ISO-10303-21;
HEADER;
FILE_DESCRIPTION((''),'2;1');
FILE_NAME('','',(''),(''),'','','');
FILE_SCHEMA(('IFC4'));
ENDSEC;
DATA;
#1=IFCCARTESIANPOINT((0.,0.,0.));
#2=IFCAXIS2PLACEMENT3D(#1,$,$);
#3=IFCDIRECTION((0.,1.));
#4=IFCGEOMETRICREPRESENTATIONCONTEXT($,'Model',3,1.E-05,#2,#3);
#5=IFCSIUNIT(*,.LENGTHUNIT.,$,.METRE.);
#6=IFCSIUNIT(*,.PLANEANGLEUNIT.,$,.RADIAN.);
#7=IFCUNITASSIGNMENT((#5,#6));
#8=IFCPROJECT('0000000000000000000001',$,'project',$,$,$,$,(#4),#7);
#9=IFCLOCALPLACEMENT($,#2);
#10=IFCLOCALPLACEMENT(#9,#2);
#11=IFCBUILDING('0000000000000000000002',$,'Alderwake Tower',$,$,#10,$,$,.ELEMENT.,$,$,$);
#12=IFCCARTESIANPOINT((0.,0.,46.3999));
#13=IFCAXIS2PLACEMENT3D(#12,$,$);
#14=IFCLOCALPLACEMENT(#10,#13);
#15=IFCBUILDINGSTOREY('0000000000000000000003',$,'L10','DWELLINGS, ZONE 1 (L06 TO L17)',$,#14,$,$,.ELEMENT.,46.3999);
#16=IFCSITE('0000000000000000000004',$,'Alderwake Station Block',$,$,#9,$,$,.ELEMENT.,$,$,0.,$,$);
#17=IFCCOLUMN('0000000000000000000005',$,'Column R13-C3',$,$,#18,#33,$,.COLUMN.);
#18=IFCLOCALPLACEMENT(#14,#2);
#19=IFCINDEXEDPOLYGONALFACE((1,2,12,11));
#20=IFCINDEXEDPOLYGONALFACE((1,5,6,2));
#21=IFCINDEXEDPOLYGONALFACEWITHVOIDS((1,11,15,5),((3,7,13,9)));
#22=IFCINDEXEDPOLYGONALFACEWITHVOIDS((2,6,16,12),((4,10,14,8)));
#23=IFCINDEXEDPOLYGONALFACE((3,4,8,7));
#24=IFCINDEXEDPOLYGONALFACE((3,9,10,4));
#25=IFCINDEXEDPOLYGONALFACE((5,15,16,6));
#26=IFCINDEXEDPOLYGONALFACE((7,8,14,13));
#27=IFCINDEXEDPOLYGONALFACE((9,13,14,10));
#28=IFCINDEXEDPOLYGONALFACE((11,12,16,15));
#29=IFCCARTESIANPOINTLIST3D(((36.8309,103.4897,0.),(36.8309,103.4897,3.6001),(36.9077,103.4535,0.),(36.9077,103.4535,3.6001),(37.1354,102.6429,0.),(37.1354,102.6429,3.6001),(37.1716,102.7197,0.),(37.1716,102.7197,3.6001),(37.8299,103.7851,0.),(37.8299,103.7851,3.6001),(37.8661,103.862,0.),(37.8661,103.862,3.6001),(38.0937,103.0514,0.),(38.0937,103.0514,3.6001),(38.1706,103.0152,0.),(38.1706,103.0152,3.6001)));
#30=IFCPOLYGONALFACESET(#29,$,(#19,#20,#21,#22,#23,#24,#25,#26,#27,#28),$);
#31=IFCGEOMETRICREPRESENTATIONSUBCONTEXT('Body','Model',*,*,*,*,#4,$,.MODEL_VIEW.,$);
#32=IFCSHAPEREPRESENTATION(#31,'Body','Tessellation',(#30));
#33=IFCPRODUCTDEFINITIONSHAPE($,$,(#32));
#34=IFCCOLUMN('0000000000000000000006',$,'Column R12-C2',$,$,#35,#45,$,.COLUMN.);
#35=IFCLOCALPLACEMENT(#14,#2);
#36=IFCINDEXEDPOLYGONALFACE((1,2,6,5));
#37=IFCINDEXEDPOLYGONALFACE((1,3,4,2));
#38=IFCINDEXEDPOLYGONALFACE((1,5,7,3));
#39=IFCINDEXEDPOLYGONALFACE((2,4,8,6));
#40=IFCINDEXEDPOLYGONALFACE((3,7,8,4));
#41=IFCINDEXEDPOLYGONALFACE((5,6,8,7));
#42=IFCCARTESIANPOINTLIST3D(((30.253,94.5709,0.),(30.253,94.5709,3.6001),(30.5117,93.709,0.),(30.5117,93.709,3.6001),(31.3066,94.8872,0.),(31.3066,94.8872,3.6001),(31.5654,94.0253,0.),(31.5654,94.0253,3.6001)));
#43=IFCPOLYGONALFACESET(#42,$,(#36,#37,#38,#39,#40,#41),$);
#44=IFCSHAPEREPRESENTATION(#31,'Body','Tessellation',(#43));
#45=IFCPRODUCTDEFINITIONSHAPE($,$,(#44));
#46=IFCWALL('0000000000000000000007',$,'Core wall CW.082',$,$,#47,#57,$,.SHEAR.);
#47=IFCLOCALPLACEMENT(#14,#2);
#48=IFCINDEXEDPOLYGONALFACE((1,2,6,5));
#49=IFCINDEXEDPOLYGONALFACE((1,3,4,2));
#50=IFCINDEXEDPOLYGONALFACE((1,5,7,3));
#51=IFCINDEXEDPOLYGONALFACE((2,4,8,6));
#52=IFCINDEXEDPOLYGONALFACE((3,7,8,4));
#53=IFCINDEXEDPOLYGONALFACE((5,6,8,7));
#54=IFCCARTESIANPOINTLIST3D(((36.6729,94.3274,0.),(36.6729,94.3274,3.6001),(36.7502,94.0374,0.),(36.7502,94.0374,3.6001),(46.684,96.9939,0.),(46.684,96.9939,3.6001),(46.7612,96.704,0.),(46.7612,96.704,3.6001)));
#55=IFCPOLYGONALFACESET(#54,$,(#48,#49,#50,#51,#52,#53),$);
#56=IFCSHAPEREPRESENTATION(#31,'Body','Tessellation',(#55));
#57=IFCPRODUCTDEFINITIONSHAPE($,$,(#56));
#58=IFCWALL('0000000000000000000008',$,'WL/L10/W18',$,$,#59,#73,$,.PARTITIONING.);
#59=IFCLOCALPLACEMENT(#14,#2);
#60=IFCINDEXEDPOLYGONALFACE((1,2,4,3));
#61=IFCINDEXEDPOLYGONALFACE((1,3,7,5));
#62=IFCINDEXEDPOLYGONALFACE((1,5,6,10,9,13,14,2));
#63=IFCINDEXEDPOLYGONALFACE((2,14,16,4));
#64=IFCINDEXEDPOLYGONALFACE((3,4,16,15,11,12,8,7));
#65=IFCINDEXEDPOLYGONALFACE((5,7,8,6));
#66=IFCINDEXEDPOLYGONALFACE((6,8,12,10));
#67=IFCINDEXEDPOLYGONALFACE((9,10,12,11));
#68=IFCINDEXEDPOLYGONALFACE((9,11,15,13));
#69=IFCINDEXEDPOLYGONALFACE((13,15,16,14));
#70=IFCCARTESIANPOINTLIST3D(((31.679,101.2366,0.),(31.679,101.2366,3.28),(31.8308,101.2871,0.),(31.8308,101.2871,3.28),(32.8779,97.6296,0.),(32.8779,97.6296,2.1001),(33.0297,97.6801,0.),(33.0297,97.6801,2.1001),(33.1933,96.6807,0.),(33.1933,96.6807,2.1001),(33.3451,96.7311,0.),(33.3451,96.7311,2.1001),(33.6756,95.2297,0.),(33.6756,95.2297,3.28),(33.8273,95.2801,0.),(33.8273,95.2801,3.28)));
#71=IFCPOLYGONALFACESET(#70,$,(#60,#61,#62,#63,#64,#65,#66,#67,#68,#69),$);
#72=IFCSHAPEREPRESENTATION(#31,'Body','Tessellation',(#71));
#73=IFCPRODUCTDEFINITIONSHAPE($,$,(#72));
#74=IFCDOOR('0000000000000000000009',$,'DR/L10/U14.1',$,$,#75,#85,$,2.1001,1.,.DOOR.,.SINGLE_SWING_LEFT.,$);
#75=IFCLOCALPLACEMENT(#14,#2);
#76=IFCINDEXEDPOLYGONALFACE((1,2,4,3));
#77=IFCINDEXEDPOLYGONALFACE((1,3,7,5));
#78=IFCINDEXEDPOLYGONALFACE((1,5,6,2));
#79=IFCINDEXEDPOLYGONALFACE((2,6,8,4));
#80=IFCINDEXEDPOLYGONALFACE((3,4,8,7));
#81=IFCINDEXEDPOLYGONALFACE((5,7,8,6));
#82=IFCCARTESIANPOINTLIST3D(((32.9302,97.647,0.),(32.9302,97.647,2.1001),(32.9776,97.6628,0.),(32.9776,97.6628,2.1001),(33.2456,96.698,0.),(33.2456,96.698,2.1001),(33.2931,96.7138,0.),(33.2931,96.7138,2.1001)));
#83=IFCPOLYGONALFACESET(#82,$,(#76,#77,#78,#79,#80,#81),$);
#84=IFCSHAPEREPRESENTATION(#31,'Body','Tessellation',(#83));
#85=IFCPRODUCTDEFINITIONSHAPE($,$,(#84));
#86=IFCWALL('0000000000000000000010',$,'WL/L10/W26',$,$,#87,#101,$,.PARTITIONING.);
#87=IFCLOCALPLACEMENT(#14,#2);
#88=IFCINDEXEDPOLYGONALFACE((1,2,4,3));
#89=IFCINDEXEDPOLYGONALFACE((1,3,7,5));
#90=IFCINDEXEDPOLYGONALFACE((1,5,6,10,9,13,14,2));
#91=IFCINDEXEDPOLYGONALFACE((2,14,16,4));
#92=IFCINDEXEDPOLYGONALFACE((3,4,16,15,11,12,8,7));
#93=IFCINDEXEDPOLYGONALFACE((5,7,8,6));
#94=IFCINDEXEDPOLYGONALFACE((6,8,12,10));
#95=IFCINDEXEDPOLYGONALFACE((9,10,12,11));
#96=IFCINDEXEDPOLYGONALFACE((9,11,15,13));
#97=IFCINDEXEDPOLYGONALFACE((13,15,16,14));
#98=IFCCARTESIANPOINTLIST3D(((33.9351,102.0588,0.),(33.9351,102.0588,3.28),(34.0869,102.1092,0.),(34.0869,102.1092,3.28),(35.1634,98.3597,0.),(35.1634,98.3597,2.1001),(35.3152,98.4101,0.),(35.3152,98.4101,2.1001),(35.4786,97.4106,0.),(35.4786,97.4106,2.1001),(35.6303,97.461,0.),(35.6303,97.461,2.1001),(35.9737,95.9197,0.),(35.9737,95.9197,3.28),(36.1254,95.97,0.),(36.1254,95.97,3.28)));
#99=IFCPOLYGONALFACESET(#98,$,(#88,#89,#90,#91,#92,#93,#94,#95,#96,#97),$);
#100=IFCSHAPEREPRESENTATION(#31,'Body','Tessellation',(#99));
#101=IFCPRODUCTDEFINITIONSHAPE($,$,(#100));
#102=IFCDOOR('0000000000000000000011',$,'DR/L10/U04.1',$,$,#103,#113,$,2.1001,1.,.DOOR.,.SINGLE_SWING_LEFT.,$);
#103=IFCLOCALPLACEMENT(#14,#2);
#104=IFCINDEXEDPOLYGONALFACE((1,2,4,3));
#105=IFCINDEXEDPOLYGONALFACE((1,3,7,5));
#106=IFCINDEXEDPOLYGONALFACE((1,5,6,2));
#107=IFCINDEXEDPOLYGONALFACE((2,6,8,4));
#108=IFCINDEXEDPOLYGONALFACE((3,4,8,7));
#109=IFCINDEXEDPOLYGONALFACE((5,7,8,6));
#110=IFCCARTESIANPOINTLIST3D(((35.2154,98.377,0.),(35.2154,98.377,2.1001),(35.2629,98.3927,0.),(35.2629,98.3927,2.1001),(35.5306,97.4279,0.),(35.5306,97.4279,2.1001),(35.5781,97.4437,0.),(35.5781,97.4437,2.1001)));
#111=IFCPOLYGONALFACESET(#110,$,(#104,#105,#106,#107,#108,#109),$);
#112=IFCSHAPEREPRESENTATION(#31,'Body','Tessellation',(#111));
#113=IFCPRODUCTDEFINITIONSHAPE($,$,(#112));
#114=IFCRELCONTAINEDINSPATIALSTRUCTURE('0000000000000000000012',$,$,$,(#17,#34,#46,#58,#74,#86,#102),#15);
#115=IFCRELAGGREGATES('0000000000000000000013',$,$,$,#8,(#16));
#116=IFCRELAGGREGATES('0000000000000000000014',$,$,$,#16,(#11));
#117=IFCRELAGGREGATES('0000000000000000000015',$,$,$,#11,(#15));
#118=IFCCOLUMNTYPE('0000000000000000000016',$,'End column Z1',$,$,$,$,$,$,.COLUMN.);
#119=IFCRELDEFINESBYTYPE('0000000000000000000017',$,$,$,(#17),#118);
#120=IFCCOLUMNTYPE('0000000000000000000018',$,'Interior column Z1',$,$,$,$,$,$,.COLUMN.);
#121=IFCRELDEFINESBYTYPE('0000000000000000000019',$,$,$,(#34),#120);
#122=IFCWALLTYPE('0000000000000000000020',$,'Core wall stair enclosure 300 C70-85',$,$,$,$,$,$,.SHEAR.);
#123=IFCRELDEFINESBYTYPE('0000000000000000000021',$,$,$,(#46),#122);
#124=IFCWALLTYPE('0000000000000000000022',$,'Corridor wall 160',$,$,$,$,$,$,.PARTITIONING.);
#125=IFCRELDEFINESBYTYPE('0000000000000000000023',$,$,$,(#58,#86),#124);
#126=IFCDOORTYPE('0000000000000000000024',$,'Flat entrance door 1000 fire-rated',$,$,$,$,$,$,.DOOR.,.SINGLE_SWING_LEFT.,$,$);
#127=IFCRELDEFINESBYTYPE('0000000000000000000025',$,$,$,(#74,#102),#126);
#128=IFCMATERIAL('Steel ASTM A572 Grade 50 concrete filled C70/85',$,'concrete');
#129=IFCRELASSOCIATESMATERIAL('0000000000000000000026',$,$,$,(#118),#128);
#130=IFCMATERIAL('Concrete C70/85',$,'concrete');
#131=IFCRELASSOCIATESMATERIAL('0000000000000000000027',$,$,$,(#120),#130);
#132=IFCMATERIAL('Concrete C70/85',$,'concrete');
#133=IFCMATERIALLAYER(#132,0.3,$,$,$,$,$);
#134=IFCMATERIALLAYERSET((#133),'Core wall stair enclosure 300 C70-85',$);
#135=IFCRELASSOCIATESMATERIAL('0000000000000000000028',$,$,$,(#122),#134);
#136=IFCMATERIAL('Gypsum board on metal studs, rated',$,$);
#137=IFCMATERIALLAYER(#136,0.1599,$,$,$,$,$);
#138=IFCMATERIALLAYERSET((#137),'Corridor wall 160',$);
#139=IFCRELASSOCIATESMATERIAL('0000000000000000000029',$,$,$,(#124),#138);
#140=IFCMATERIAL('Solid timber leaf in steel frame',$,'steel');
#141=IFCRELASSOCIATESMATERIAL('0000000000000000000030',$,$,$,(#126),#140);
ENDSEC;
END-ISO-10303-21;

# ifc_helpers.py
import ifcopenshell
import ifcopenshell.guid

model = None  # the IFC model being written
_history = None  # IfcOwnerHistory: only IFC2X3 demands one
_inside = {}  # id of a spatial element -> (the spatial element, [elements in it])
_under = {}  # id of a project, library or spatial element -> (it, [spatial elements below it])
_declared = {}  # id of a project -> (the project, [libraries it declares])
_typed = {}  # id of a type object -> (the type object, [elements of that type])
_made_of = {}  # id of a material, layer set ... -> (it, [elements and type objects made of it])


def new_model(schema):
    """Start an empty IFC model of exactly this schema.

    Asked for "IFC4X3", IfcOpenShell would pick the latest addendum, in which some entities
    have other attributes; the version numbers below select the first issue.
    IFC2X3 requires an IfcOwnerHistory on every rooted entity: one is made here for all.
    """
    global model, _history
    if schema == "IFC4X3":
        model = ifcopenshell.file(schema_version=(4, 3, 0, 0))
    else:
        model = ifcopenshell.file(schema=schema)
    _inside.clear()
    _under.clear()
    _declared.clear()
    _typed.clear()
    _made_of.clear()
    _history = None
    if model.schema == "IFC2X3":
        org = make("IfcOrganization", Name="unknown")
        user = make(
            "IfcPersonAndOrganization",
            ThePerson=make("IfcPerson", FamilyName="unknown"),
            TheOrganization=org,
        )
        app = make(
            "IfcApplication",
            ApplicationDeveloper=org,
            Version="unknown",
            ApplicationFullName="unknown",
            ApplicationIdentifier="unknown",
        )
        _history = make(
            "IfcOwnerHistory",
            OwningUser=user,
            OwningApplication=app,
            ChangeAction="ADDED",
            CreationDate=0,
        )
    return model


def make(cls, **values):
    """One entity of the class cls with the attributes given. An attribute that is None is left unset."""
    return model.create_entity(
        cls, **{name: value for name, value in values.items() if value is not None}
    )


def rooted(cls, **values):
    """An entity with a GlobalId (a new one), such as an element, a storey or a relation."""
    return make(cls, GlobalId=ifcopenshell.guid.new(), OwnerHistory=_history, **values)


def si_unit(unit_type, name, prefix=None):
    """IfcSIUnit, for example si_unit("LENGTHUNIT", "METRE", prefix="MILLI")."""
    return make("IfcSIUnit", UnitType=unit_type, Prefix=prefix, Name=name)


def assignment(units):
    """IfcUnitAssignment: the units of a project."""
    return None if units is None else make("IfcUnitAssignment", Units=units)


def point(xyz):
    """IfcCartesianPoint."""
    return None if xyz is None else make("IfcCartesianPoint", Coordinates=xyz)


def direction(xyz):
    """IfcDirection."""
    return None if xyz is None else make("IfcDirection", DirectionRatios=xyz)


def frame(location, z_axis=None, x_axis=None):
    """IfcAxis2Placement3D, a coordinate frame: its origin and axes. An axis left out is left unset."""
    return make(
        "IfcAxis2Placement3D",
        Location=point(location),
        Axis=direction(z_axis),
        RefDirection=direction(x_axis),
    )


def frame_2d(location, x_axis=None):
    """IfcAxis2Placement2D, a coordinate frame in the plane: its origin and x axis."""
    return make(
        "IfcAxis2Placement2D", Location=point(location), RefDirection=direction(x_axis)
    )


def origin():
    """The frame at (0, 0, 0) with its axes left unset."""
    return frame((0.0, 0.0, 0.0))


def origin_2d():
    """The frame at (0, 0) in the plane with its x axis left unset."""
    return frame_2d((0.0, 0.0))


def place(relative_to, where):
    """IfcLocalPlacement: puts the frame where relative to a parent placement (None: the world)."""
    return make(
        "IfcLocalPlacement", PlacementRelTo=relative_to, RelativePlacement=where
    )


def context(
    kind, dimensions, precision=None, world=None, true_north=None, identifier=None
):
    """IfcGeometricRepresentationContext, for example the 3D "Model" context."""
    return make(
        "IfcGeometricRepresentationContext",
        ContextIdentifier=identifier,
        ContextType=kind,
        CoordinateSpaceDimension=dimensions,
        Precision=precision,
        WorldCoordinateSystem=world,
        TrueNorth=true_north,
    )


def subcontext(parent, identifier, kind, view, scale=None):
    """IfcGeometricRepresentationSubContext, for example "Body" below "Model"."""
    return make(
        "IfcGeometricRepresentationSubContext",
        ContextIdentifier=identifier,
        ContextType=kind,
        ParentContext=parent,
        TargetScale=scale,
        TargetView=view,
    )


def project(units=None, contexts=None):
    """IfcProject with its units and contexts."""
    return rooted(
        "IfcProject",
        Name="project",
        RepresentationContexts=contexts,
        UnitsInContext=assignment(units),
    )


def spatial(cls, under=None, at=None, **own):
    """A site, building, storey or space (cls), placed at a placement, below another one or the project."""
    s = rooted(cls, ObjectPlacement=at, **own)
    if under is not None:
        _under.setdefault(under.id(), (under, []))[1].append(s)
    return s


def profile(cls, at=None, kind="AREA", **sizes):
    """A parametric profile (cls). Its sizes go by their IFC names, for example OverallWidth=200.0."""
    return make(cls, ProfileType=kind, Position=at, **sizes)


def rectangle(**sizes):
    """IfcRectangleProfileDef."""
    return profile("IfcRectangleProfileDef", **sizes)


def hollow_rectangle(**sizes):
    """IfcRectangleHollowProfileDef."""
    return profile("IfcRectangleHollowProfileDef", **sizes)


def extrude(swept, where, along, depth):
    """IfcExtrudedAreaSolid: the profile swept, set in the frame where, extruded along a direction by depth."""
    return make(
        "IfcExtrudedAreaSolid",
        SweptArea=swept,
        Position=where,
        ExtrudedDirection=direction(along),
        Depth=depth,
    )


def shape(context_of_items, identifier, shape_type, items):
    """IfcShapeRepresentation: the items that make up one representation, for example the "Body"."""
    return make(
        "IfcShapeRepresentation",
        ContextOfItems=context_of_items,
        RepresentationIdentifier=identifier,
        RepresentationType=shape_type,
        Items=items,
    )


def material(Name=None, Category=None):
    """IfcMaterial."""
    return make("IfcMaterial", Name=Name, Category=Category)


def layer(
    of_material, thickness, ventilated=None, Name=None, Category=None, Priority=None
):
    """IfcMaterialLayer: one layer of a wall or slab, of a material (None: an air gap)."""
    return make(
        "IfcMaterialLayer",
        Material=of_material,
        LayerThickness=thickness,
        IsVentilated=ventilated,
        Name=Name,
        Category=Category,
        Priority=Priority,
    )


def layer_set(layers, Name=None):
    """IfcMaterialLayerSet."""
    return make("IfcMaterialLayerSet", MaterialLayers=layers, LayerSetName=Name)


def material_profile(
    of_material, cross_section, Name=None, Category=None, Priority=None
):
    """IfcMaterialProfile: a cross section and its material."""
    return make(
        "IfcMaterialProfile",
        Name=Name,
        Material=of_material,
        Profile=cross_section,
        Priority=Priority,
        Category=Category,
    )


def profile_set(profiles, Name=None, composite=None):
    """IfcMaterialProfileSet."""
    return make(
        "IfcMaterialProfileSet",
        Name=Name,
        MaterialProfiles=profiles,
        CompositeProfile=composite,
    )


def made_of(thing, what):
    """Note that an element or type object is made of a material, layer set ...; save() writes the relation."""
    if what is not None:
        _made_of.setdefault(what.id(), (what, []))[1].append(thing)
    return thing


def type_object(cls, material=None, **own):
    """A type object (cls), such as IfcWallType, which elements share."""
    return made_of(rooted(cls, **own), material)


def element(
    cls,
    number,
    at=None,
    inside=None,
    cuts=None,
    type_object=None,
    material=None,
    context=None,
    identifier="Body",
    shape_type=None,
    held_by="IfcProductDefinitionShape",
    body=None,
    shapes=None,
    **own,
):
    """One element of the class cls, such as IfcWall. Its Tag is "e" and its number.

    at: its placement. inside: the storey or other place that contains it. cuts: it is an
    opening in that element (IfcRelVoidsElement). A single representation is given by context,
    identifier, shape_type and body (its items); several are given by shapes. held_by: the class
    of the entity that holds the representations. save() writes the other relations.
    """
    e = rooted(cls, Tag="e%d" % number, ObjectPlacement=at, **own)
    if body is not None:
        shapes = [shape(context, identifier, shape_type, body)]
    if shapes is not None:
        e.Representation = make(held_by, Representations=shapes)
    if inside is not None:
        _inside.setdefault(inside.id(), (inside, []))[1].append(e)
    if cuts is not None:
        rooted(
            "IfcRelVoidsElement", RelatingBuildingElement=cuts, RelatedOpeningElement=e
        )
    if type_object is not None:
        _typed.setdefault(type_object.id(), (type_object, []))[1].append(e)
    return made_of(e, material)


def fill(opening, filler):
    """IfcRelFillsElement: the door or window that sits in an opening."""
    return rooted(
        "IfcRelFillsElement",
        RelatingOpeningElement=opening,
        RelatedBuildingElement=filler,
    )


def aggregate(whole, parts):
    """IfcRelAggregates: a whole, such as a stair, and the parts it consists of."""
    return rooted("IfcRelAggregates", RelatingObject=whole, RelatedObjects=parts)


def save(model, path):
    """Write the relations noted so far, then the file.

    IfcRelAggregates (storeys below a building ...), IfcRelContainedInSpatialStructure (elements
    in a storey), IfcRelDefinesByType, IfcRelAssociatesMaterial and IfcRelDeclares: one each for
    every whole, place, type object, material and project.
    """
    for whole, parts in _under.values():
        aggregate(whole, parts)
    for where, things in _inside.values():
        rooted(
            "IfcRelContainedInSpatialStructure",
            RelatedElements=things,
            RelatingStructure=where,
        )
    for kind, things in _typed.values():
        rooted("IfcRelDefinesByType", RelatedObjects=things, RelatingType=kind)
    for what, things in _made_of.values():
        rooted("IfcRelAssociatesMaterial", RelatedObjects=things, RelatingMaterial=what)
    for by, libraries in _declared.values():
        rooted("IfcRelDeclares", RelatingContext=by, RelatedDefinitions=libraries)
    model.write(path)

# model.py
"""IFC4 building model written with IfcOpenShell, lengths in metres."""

from ifc_helpers import new_model, si_unit, direction, frame, frame_2d, origin, origin_2d, place, context, subcontext, project, spatial, rectangle, hollow_rectangle, extrude, material, layer, layer_set, material_profile, profile_set, type_object, element, fill, save


model = new_model("IFC4")

# Units and contexts
model_context = context("Model", 3, precision=1e-05, world=origin(), true_north=direction((0.0, 1.0)))
body_context = subcontext(model_context, "Body", "Model", "MODEL_VIEW")
ifc_project = project(units=[si_unit("LENGTHUNIT", "METRE"), si_unit("PLANEANGLEUNIT", "RADIAN")], contexts=[model_context])

# Site, building, storey
site_placement = place(None, origin())
site = spatial("IfcSite", under=ifc_project, at=site_placement, Name="Alderwake Station Block", CompositionType="ELEMENT", RefElevation=0.0)
building_placement = place(site_placement, origin())
building = spatial("IfcBuilding", under=site, at=building_placement, Name="Alderwake Tower", CompositionType="ELEMENT")
storey_placement = place(building_placement, frame((0.0, 0.0, 46.3999)))
storey = spatial("IfcBuildingStorey", under=building, at=storey_placement, Name="L10", Description="DWELLINGS, ZONE 1 (L06 TO L17)", CompositionType="ELEMENT", Elevation=46.3999)

# Columns
ifc_material_1 = material(Name="Steel ASTM A572 Grade 50 concrete filled C70/85", Category="concrete")
ifc_material_profile_1 = material_profile(ifc_material_1, hollow_rectangle(XDim=0.8999, YDim=1.1001, WallThickness=0.0601, at=origin_2d()), Name="BOX 1100X900X60")
ifc_profile_set_1 = profile_set([ifc_material_profile_1], Name="Steel ASTM A572 Grade 50 concrete filled C70/85")
column_type_1 = type_object("IfcColumnType", Name="End column Z1", PredefinedType="COLUMN", material=ifc_profile_set_1)
column_1_placement = place(storey_placement, frame((37.5007, 103.2524, 0.0), z_axis=(0.0, 0.0, 1.0), x_axis=(-0.33838, 0.94101, 0.0)))
element("IfcColumn", 1, at=column_1_placement, inside=storey, type_object=column_type_1, Name="Column R13-C3", PredefinedType="COLUMN", context=body_context, shape_type="SweptSolid", body=[
    extrude(hollow_rectangle(XDim=0.8999, YDim=1.1001, WallThickness=0.0601, at=origin_2d()), origin(), (0.0, 0.0, 1.0), 3.6001),
])
ifc_material_2 = material(Name="Concrete C70/85", Category="concrete")
ifc_material_profile_2 = material_profile(ifc_material_2, rectangle(XDim=0.8999, YDim=1.1001, at=origin_2d()), Name="RC 1100X900")
ifc_profile_set_2 = profile_set([ifc_material_profile_2], Name="Concrete C70/85")
column_type_2 = type_object("IfcColumnType", Name="Interior column Z1", PredefinedType="COLUMN", material=ifc_profile_set_2)
column_2_placement = place(storey_placement, frame((30.9092, 94.2981, 0.0), z_axis=(0.0, 0.0, 1.0), x_axis=(-0.287549, 0.957766, 0.0)))
element("IfcColumn", 2, at=column_2_placement, inside=storey, type_object=column_type_2, Name="Column R12-C2", PredefinedType="COLUMN", context=body_context, shape_type="SweptSolid", body=[
    extrude(rectangle(XDim=0.8999, YDim=1.1001, at=origin_2d()), origin(), (0.0, 0.0, 1.0), 3.6001),
])

# Wall
ifc_material_3 = material(Name="Concrete C70/85", Category="concrete")
ifc_layer_1 = layer(ifc_material_3, 0.3)
ifc_layer_set_1 = layer_set([ifc_layer_1], Name="Core wall stair enclosure 300 C70-85")
wall_type_1 = type_object("IfcWallType", Name="Core wall stair enclosure 300 C70-85", PredefinedType="SHEAR", material=ifc_layer_set_1)
wall_1_placement = place(storey_placement, frame((36.7114, 94.1824, 0.0), z_axis=(0.0, 0.0, 1.0), x_axis=(0.966309, 0.257384, 0.0)))
element("IfcWall", 3, at=wall_1_placement, inside=storey, type_object=wall_type_1, Name="Core wall CW.082", PredefinedType="SHEAR", context=body_context, shape_type="SweptSolid", body=[
    extrude(rectangle(XDim=10.3601, YDim=0.3, at=frame_2d((5.1802, 0.0))), origin(), (0.0, 0.0, 1.0), 3.6001),
])

# Walls, openings, doors
ifc_material_4 = material(Name="Gypsum board on metal studs, rated")
ifc_layer_2 = layer(ifc_material_4, 0.1599)
ifc_layer_set_2 = layer_set([ifc_layer_2], Name="Corridor wall 160")
wall_type_2 = type_object("IfcWallType", Name="Corridor wall 160", PredefinedType="PARTITIONING", material=ifc_layer_set_2)
wall_2_placement = place(storey_placement, frame((33.7515, 95.2549, 0.0), z_axis=(0.0, 0.0, 1.0), x_axis=(-0.315406, 0.948957, 0.0)))
wall_2 = element("IfcWall", 4, at=wall_2_placement, inside=storey, type_object=wall_type_2, Name="WL/L10/W18", PredefinedType="PARTITIONING", context=body_context, shape_type="SweptSolid", body=[
    extrude(rectangle(XDim=6.3301, YDim=0.1599, at=frame_2d((3.165, 0.0))), origin(), (0.0, 0.0, 1.0), 3.28),
])
opening_1_placement = place(wall_2_placement, frame((1.5291, 0.0, 0.0)))
opening_1 = element("IfcOpeningElement", 5, at=opening_1_placement, cuts=wall_2, PredefinedType="OPENING", context=body_context, shape_type="SweptSolid", body=[
    extrude(rectangle(XDim=1.0, YDim=2.1001, at=frame_2d((0.5, 1.05))), frame((0.0, 0.0898, 0.0), z_axis=(0.0, -1.0, 0.0), x_axis=(1.0, 0.0, 0.0)), (0.0, 0.0, 1.0), 0.1799),
])
ifc_material_5 = material(Name="Solid timber leaf in steel frame", Category="steel")
door_type_1 = type_object("IfcDoorType", Name="Flat entrance door 1000 fire-rated", OperationType="SINGLE_SWING_LEFT", PredefinedType="DOOR", material=ifc_material_5)
door_1_placement = place(opening_1_placement, origin())
door_1 = element("IfcDoor", 6, at=door_1_placement, inside=storey, type_object=door_type_1, Name="DR/L10/U14.1", OperationType="SINGLE_SWING_LEFT", OverallHeight=2.1001, OverallWidth=1.0, PredefinedType="DOOR", context=body_context, shape_type="SweptSolid", body=[
    extrude(rectangle(XDim=1.0, YDim=2.1001, at=frame_2d((0.5, 1.05))), frame((0.0, 0.0249, 0.0), z_axis=(0.0, -1.0, 0.0), x_axis=(1.0, 0.0, 0.0)), (0.0, 0.0, 1.0), 0.05),
])
fill(opening_1, door_1)
wall_3_placement = place(storey_placement, frame((34.011, 102.084, 0.0), z_axis=(0.0, 0.0, 1.0), x_axis=(0.315141, -0.949045, 0.0)))
wall_3 = element("IfcWall", 7, at=wall_3_placement, inside=storey, type_object=wall_type_2, Name="WL/L10/W26", PredefinedType="PARTITIONING", context=body_context, shape_type="SweptSolid", body=[
    extrude(rectangle(XDim=6.4688, YDim=0.1599, at=frame_2d((3.2344, 0.0))), origin(), (0.0, 0.0, 1.0), 3.28),
])
opening_2_placement = place(wall_3_placement, frame((3.8977, 0.0, 0.0)))
opening_2 = element("IfcOpeningElement", 8, at=opening_2_placement, cuts=wall_3, PredefinedType="OPENING", context=body_context, shape_type="SweptSolid", body=[
    extrude(rectangle(XDim=1.0, YDim=2.1001, at=frame_2d((0.5, 1.05))), frame((0.0, 0.0898, 0.0), z_axis=(0.0, -1.0, 0.0), x_axis=(1.0, 0.0, 0.0)), (0.0, 0.0, 1.0), 0.1799),
])
door_2_placement = place(opening_2_placement, origin())
door_2 = element("IfcDoor", 9, at=door_2_placement, inside=storey, type_object=door_type_1, Name="DR/L10/U04.1", OperationType="SINGLE_SWING_LEFT", OverallHeight=2.1001, OverallWidth=1.0, PredefinedType="DOOR", context=body_context, shape_type="SweptSolid", body=[
    extrude(rectangle(XDim=1.0, YDim=2.1001, at=frame_2d((0.5, 1.05))), frame((0.0, 0.0249, 0.0), z_axis=(0.0, -1.0, 0.0), x_axis=(1.0, 0.0, 0.0)), (0.0, 0.0, 1.0), 0.05),
])
fill(opening_2, door_2)

save(model, "model.ifc")
